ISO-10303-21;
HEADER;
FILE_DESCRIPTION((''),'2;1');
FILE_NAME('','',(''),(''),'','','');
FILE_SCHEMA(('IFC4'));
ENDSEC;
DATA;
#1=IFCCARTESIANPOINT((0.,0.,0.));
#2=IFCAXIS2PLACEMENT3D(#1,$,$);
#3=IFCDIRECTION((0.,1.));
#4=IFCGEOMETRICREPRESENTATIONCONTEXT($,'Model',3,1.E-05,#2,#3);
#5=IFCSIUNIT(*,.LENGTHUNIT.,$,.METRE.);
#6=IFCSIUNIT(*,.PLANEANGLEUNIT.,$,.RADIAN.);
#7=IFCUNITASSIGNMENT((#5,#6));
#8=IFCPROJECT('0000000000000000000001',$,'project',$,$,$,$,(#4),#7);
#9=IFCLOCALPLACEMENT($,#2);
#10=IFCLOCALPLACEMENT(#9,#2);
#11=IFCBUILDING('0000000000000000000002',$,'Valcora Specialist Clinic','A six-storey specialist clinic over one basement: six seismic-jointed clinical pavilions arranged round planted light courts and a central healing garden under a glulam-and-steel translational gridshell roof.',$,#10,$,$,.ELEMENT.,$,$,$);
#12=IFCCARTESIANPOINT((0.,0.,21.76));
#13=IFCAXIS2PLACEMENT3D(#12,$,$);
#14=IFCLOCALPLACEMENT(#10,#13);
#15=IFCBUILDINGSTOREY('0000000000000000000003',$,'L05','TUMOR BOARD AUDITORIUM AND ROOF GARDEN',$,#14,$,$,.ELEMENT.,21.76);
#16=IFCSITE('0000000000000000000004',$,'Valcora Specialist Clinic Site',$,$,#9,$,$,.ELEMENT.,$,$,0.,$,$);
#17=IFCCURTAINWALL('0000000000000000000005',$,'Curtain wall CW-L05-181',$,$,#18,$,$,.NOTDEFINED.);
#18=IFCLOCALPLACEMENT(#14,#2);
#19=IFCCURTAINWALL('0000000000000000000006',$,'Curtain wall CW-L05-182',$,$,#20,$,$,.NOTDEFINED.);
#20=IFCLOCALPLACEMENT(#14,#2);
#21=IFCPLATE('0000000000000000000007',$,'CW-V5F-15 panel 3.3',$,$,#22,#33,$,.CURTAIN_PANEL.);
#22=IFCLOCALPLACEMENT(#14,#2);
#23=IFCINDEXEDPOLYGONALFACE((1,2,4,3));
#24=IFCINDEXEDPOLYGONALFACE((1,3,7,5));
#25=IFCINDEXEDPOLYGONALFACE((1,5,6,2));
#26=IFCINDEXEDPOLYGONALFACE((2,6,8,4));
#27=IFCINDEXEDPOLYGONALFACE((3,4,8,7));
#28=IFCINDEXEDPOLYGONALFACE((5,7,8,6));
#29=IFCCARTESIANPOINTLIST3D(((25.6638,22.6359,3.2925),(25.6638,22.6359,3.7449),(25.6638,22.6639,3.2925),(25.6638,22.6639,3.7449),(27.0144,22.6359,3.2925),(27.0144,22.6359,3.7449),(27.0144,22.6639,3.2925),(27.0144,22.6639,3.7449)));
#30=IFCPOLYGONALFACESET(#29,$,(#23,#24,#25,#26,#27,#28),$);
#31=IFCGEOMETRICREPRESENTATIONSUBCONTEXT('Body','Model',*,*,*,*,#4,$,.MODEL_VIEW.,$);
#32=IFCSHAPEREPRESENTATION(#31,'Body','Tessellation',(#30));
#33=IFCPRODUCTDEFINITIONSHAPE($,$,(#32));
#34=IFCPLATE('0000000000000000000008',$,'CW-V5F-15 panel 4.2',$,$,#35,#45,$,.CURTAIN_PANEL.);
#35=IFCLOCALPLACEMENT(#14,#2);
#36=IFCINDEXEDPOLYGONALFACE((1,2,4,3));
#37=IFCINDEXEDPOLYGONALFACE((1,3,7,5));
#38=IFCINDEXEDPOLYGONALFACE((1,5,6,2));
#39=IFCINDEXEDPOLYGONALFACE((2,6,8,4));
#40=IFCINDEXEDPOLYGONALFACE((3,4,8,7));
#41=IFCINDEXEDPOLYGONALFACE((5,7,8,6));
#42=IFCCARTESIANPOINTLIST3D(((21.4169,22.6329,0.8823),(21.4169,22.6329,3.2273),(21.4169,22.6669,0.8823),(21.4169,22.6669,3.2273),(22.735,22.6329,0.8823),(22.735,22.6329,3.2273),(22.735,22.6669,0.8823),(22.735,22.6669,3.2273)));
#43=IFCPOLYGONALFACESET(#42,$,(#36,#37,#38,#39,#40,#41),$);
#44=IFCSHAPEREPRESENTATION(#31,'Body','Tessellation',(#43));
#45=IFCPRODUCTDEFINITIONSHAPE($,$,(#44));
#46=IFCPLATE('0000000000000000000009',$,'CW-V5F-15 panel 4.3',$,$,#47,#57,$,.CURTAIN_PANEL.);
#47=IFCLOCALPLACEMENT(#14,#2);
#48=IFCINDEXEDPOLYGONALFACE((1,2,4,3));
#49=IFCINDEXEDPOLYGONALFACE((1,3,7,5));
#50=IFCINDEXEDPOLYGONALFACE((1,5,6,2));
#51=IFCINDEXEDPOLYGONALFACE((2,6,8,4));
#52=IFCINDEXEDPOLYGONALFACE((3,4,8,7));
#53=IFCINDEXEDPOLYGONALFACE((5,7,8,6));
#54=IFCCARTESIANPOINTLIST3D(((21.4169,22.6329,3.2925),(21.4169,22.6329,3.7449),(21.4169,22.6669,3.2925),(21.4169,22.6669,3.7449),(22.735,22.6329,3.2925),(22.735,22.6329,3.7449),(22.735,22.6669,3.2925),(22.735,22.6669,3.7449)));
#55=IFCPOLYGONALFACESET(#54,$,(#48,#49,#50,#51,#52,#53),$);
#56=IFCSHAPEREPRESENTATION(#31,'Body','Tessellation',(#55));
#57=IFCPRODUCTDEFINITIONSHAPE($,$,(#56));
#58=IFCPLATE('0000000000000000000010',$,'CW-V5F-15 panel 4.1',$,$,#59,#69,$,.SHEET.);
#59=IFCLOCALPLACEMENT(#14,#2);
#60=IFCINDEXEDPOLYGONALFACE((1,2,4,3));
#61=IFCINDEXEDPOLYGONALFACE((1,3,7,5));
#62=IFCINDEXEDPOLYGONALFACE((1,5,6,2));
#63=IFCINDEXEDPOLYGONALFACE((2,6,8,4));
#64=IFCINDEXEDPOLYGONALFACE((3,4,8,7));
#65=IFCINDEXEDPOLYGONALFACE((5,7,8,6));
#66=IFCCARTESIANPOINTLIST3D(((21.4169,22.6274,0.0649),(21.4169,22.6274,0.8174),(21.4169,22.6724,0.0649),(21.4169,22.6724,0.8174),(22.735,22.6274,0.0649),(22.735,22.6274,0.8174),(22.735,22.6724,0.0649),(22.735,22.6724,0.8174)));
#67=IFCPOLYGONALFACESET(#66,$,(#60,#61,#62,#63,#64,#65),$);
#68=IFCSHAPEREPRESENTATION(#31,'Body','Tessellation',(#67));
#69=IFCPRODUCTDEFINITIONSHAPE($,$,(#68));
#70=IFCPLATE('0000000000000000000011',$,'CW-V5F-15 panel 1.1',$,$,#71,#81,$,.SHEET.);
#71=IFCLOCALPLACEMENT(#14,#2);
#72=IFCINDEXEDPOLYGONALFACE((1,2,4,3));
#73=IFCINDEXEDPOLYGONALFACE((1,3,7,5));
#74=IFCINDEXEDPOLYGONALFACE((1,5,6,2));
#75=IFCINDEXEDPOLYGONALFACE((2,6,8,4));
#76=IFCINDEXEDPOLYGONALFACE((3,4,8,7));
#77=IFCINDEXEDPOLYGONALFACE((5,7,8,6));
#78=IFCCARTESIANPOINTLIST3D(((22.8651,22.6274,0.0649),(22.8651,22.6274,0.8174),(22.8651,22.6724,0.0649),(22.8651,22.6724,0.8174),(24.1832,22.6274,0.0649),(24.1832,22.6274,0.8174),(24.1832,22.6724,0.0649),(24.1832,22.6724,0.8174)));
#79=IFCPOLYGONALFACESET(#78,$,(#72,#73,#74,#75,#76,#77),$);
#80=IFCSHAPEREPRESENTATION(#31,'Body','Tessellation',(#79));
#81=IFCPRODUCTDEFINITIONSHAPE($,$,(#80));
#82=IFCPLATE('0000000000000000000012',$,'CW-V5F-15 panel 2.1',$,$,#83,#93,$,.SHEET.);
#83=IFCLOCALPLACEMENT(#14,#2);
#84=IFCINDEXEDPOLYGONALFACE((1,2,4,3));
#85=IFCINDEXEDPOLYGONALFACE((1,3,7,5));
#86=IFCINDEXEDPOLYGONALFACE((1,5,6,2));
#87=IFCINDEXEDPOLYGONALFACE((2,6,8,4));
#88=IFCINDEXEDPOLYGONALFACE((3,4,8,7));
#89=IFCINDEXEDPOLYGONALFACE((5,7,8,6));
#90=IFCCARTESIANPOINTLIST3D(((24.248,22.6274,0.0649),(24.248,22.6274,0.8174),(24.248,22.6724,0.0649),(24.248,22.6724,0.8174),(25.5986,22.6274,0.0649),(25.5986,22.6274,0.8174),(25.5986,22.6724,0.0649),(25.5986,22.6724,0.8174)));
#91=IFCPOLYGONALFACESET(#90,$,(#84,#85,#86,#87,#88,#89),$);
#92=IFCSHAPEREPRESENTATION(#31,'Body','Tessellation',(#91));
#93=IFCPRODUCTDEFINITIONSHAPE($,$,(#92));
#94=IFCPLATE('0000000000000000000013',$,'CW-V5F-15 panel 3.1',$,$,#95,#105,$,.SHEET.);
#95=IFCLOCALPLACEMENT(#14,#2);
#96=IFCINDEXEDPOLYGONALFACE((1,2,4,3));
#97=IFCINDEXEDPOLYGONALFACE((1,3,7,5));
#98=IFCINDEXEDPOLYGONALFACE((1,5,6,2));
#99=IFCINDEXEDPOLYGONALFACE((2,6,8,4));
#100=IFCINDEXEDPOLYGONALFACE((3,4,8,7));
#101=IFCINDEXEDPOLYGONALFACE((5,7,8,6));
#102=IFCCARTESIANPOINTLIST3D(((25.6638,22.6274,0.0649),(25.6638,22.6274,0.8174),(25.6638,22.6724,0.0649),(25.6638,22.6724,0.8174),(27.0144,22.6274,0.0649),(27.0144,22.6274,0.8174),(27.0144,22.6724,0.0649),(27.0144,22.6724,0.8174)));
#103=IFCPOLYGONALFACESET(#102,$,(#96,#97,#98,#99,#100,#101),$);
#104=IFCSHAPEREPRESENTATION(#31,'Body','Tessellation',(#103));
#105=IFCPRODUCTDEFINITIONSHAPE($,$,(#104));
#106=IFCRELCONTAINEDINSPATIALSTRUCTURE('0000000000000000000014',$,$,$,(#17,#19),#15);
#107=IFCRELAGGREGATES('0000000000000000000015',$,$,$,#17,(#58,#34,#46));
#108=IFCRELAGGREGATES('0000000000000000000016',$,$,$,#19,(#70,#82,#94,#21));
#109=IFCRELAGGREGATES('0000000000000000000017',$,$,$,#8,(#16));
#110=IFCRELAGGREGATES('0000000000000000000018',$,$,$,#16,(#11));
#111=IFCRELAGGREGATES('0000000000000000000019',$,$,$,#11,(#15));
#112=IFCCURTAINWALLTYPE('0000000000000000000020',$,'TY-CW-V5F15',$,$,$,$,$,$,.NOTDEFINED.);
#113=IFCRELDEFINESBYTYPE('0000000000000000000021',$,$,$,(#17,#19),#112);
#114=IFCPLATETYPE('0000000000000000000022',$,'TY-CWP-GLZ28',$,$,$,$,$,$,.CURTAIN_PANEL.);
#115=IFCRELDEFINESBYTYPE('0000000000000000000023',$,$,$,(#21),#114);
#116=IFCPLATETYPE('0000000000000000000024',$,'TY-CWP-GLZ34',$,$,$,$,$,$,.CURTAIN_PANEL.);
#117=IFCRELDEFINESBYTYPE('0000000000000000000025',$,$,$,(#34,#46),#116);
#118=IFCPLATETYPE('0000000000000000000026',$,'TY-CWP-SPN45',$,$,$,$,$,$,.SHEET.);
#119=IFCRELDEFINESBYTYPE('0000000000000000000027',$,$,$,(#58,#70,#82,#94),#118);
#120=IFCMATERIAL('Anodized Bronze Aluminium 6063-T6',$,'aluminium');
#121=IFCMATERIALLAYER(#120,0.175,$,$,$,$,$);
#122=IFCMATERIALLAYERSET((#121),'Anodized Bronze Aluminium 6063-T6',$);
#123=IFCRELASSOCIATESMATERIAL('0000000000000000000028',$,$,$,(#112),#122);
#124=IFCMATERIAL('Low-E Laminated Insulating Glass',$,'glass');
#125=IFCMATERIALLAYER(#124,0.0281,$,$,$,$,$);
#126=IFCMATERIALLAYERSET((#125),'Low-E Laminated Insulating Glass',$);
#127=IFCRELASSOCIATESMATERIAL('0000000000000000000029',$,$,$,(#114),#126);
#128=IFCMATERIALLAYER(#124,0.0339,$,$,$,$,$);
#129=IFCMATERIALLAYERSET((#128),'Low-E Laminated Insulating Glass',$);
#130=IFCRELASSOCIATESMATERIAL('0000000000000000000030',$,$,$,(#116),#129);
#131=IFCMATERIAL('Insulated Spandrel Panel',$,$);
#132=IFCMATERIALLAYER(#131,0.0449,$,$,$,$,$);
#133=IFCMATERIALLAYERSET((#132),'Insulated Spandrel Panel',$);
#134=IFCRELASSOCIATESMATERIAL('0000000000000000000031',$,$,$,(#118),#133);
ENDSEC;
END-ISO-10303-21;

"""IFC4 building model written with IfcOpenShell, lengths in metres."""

from ifc_helpers import new_model, si_unit, direction, frame, origin, origin_2d, place, context, subcontext, project, spatial, rectangle, extrude, material, layer, layer_set, type_object, element, aggregate, save


model = new_model("IFC4")

# Units and contexts
model_context = context("Model", 3, precision=1e-05, world=origin(), true_north=direction((0.0, 1.0)))
body_context = subcontext(model_context, "Body", "Model", "MODEL_VIEW")
ifc_project = project(units=[si_unit("LENGTHUNIT", "METRE"), si_unit("PLANEANGLEUNIT", "RADIAN")], contexts=[model_context])

# Site, building, storey
site_placement = place(None, origin())
site = spatial("IfcSite", under=ifc_project, at=site_placement, Name="Valcora Specialist Clinic Site", CompositionType="ELEMENT", RefElevation=0.0)
building_placement = place(site_placement, origin())
building = spatial("IfcBuilding", under=site, at=building_placement, Name="Valcora Specialist Clinic", Description="A six-storey specialist clinic over one basement: six seismic-jointed clinical pavilions arranged round planted light courts and a central healing garden under a glulam-and-steel translational gridshell roof.", CompositionType="ELEMENT")
storey_placement = place(building_placement, frame((0.0, 0.0, 21.76)))
storey = spatial("IfcBuildingStorey", under=building, at=storey_placement, Name="L05", Description="TUMOR BOARD AUDITORIUM AND ROOF GARDEN", CompositionType="ELEMENT", Elevation=21.76)

# Curtain wall
ifc_material_1 = material(Name="Anodized Bronze Aluminium 6063-T6", Category="aluminium")
ifc_layer_1 = layer(ifc_material_1, 0.175)
ifc_layer_set_1 = layer_set([ifc_layer_1], Name="Anodized Bronze Aluminium 6063-T6")
curtain_wall_type = type_object("IfcCurtainWallType", Name="TY-CW-V5F15", PredefinedType="NOTDEFINED", material=ifc_layer_set_1)
curtain_wall_1_placement = place(storey_placement, origin())
curtain_wall_1 = element("IfcCurtainWall", 1, at=curtain_wall_1_placement, inside=storey, type_object=curtain_wall_type, Name="Curtain wall CW-L05-181", PredefinedType="NOTDEFINED")

# Curtain wall
curtain_wall_2_placement = place(storey_placement, origin())
curtain_wall_2 = element("IfcCurtainWall", 2, at=curtain_wall_2_placement, inside=storey, type_object=curtain_wall_type, Name="Curtain wall CW-L05-182", PredefinedType="NOTDEFINED")

# Plates
ifc_material_2 = material(Name="Low-E Laminated Insulating Glass", Category="glass")
ifc_layer_2 = layer(ifc_material_2, 0.0281)
ifc_layer_set_2 = layer_set([ifc_layer_2], Name="Low-E Laminated Insulating Glass")
plate_type_1 = type_object("IfcPlateType", Name="TY-CWP-GLZ28", PredefinedType="CURTAIN_PANEL", material=ifc_layer_set_2)
plate_1_placement = place(storey_placement, frame((26.3391, 22.6499, 3.2925), z_axis=(0.0, 0.0, 1.0), x_axis=(1.0, 0.0, 0.0)))
plate_1 = element("IfcPlate", 3, at=plate_1_placement, type_object=plate_type_1, Name="CW-V5F-15 panel 3.3", PredefinedType="CURTAIN_PANEL", context=body_context, shape_type="SweptSolid", body=[
    extrude(rectangle(XDim=1.3506, YDim=0.0281, at=origin_2d()), origin(), (0.0, 0.0, 1.0), 0.4524),
])
ifc_layer_3 = layer(ifc_material_2, 0.0339)
ifc_layer_set_3 = layer_set([ifc_layer_3], Name="Low-E Laminated Insulating Glass")
plate_type_2 = type_object("IfcPlateType", Name="TY-CWP-GLZ34", PredefinedType="CURTAIN_PANEL", material=ifc_layer_set_3)
plate_2_placement = place(storey_placement, frame((22.0759, 22.6499, 0.8823), z_axis=(0.0, 0.0, 1.0), x_axis=(1.0, 0.0, 0.0)))
plate_2 = element("IfcPlate", 4, at=plate_2_placement, type_object=plate_type_2, Name="CW-V5F-15 panel 4.2", PredefinedType="CURTAIN_PANEL", context=body_context, shape_type="SweptSolid", body=[
    extrude(rectangle(XDim=1.3181, YDim=0.0339, at=origin_2d()), origin(), (0.0, 0.0, 1.0), 2.345),
])
plate_3_placement = place(storey_placement, frame((22.0759, 22.6499, 3.2925), z_axis=(0.0, 0.0, 1.0), x_axis=(1.0, 0.0, 0.0)))
plate_3 = element("IfcPlate", 5, at=plate_3_placement, type_object=plate_type_2, Name="CW-V5F-15 panel 4.3", PredefinedType="CURTAIN_PANEL", context=body_context, shape_type="SweptSolid", body=[
    extrude(rectangle(XDim=1.3181, YDim=0.0339, at=origin_2d()), origin(), (0.0, 0.0, 1.0), 0.4524),
])
ifc_material_3 = material(Name="Insulated Spandrel Panel")
ifc_layer_4 = layer(ifc_material_3, 0.0449)
ifc_layer_set_4 = layer_set([ifc_layer_4], Name="Insulated Spandrel Panel")
plate_type_3 = type_object("IfcPlateType", Name="TY-CWP-SPN45", PredefinedType="SHEET", material=ifc_layer_set_4)
plate_4_placement = place(storey_placement, frame((22.0759, 22.6499, 0.0649), z_axis=(0.0, 0.0, 1.0), x_axis=(1.0, 0.0, 0.0)))
plate_4 = element("IfcPlate", 6, at=plate_4_placement, type_object=plate_type_3, Name="CW-V5F-15 panel 4.1", PredefinedType="SHEET", context=body_context, shape_type="SweptSolid", body=[
    extrude(rectangle(XDim=1.3181, YDim=0.0449, at=origin_2d()), origin(), (0.0, 0.0, 1.0), 0.7524),
])
aggregate(curtain_wall_1, [plate_4, plate_2, plate_3])
plate_5_placement = place(storey_placement, frame((23.5242, 22.6499, 0.0649), z_axis=(0.0, 0.0, 1.0), x_axis=(1.0, 0.0, 0.0)))
plate_5 = element("IfcPlate", 7, at=plate_5_placement, type_object=plate_type_3, Name="CW-V5F-15 panel 1.1", PredefinedType="SHEET", context=body_context, shape_type="SweptSolid", body=[
    extrude(rectangle(XDim=1.3181, YDim=0.0449, at=origin_2d()), origin(), (0.0, 0.0, 1.0), 0.7524),
])
plate_6_placement = place(storey_placement, frame((24.9233, 22.6499, 0.0649), z_axis=(0.0, 0.0, 1.0), x_axis=(1.0, 0.0, 0.0)))
plate_6 = element("IfcPlate", 8, at=plate_6_placement, type_object=plate_type_3, Name="CW-V5F-15 panel 2.1", PredefinedType="SHEET", context=body_context, shape_type="SweptSolid", body=[
    extrude(rectangle(XDim=1.3506, YDim=0.0449, at=origin_2d()), origin(), (0.0, 0.0, 1.0), 0.7524),
])
plate_7_placement = place(storey_placement, frame((26.3391, 22.6499, 0.0649), z_axis=(0.0, 0.0, 1.0), x_axis=(1.0, 0.0, 0.0)))
plate_7 = element("IfcPlate", 9, at=plate_7_placement, type_object=plate_type_3, Name="CW-V5F-15 panel 3.1", PredefinedType="SHEET", context=body_context, shape_type="SweptSolid", body=[
    extrude(rectangle(XDim=1.3506, YDim=0.0449, at=origin_2d()), origin(), (0.0, 0.0, 1.0), 0.7524),
])
aggregate(curtain_wall_2, [plate_5, plate_6, plate_7, plate_1])

save(model, "model.ifc")
